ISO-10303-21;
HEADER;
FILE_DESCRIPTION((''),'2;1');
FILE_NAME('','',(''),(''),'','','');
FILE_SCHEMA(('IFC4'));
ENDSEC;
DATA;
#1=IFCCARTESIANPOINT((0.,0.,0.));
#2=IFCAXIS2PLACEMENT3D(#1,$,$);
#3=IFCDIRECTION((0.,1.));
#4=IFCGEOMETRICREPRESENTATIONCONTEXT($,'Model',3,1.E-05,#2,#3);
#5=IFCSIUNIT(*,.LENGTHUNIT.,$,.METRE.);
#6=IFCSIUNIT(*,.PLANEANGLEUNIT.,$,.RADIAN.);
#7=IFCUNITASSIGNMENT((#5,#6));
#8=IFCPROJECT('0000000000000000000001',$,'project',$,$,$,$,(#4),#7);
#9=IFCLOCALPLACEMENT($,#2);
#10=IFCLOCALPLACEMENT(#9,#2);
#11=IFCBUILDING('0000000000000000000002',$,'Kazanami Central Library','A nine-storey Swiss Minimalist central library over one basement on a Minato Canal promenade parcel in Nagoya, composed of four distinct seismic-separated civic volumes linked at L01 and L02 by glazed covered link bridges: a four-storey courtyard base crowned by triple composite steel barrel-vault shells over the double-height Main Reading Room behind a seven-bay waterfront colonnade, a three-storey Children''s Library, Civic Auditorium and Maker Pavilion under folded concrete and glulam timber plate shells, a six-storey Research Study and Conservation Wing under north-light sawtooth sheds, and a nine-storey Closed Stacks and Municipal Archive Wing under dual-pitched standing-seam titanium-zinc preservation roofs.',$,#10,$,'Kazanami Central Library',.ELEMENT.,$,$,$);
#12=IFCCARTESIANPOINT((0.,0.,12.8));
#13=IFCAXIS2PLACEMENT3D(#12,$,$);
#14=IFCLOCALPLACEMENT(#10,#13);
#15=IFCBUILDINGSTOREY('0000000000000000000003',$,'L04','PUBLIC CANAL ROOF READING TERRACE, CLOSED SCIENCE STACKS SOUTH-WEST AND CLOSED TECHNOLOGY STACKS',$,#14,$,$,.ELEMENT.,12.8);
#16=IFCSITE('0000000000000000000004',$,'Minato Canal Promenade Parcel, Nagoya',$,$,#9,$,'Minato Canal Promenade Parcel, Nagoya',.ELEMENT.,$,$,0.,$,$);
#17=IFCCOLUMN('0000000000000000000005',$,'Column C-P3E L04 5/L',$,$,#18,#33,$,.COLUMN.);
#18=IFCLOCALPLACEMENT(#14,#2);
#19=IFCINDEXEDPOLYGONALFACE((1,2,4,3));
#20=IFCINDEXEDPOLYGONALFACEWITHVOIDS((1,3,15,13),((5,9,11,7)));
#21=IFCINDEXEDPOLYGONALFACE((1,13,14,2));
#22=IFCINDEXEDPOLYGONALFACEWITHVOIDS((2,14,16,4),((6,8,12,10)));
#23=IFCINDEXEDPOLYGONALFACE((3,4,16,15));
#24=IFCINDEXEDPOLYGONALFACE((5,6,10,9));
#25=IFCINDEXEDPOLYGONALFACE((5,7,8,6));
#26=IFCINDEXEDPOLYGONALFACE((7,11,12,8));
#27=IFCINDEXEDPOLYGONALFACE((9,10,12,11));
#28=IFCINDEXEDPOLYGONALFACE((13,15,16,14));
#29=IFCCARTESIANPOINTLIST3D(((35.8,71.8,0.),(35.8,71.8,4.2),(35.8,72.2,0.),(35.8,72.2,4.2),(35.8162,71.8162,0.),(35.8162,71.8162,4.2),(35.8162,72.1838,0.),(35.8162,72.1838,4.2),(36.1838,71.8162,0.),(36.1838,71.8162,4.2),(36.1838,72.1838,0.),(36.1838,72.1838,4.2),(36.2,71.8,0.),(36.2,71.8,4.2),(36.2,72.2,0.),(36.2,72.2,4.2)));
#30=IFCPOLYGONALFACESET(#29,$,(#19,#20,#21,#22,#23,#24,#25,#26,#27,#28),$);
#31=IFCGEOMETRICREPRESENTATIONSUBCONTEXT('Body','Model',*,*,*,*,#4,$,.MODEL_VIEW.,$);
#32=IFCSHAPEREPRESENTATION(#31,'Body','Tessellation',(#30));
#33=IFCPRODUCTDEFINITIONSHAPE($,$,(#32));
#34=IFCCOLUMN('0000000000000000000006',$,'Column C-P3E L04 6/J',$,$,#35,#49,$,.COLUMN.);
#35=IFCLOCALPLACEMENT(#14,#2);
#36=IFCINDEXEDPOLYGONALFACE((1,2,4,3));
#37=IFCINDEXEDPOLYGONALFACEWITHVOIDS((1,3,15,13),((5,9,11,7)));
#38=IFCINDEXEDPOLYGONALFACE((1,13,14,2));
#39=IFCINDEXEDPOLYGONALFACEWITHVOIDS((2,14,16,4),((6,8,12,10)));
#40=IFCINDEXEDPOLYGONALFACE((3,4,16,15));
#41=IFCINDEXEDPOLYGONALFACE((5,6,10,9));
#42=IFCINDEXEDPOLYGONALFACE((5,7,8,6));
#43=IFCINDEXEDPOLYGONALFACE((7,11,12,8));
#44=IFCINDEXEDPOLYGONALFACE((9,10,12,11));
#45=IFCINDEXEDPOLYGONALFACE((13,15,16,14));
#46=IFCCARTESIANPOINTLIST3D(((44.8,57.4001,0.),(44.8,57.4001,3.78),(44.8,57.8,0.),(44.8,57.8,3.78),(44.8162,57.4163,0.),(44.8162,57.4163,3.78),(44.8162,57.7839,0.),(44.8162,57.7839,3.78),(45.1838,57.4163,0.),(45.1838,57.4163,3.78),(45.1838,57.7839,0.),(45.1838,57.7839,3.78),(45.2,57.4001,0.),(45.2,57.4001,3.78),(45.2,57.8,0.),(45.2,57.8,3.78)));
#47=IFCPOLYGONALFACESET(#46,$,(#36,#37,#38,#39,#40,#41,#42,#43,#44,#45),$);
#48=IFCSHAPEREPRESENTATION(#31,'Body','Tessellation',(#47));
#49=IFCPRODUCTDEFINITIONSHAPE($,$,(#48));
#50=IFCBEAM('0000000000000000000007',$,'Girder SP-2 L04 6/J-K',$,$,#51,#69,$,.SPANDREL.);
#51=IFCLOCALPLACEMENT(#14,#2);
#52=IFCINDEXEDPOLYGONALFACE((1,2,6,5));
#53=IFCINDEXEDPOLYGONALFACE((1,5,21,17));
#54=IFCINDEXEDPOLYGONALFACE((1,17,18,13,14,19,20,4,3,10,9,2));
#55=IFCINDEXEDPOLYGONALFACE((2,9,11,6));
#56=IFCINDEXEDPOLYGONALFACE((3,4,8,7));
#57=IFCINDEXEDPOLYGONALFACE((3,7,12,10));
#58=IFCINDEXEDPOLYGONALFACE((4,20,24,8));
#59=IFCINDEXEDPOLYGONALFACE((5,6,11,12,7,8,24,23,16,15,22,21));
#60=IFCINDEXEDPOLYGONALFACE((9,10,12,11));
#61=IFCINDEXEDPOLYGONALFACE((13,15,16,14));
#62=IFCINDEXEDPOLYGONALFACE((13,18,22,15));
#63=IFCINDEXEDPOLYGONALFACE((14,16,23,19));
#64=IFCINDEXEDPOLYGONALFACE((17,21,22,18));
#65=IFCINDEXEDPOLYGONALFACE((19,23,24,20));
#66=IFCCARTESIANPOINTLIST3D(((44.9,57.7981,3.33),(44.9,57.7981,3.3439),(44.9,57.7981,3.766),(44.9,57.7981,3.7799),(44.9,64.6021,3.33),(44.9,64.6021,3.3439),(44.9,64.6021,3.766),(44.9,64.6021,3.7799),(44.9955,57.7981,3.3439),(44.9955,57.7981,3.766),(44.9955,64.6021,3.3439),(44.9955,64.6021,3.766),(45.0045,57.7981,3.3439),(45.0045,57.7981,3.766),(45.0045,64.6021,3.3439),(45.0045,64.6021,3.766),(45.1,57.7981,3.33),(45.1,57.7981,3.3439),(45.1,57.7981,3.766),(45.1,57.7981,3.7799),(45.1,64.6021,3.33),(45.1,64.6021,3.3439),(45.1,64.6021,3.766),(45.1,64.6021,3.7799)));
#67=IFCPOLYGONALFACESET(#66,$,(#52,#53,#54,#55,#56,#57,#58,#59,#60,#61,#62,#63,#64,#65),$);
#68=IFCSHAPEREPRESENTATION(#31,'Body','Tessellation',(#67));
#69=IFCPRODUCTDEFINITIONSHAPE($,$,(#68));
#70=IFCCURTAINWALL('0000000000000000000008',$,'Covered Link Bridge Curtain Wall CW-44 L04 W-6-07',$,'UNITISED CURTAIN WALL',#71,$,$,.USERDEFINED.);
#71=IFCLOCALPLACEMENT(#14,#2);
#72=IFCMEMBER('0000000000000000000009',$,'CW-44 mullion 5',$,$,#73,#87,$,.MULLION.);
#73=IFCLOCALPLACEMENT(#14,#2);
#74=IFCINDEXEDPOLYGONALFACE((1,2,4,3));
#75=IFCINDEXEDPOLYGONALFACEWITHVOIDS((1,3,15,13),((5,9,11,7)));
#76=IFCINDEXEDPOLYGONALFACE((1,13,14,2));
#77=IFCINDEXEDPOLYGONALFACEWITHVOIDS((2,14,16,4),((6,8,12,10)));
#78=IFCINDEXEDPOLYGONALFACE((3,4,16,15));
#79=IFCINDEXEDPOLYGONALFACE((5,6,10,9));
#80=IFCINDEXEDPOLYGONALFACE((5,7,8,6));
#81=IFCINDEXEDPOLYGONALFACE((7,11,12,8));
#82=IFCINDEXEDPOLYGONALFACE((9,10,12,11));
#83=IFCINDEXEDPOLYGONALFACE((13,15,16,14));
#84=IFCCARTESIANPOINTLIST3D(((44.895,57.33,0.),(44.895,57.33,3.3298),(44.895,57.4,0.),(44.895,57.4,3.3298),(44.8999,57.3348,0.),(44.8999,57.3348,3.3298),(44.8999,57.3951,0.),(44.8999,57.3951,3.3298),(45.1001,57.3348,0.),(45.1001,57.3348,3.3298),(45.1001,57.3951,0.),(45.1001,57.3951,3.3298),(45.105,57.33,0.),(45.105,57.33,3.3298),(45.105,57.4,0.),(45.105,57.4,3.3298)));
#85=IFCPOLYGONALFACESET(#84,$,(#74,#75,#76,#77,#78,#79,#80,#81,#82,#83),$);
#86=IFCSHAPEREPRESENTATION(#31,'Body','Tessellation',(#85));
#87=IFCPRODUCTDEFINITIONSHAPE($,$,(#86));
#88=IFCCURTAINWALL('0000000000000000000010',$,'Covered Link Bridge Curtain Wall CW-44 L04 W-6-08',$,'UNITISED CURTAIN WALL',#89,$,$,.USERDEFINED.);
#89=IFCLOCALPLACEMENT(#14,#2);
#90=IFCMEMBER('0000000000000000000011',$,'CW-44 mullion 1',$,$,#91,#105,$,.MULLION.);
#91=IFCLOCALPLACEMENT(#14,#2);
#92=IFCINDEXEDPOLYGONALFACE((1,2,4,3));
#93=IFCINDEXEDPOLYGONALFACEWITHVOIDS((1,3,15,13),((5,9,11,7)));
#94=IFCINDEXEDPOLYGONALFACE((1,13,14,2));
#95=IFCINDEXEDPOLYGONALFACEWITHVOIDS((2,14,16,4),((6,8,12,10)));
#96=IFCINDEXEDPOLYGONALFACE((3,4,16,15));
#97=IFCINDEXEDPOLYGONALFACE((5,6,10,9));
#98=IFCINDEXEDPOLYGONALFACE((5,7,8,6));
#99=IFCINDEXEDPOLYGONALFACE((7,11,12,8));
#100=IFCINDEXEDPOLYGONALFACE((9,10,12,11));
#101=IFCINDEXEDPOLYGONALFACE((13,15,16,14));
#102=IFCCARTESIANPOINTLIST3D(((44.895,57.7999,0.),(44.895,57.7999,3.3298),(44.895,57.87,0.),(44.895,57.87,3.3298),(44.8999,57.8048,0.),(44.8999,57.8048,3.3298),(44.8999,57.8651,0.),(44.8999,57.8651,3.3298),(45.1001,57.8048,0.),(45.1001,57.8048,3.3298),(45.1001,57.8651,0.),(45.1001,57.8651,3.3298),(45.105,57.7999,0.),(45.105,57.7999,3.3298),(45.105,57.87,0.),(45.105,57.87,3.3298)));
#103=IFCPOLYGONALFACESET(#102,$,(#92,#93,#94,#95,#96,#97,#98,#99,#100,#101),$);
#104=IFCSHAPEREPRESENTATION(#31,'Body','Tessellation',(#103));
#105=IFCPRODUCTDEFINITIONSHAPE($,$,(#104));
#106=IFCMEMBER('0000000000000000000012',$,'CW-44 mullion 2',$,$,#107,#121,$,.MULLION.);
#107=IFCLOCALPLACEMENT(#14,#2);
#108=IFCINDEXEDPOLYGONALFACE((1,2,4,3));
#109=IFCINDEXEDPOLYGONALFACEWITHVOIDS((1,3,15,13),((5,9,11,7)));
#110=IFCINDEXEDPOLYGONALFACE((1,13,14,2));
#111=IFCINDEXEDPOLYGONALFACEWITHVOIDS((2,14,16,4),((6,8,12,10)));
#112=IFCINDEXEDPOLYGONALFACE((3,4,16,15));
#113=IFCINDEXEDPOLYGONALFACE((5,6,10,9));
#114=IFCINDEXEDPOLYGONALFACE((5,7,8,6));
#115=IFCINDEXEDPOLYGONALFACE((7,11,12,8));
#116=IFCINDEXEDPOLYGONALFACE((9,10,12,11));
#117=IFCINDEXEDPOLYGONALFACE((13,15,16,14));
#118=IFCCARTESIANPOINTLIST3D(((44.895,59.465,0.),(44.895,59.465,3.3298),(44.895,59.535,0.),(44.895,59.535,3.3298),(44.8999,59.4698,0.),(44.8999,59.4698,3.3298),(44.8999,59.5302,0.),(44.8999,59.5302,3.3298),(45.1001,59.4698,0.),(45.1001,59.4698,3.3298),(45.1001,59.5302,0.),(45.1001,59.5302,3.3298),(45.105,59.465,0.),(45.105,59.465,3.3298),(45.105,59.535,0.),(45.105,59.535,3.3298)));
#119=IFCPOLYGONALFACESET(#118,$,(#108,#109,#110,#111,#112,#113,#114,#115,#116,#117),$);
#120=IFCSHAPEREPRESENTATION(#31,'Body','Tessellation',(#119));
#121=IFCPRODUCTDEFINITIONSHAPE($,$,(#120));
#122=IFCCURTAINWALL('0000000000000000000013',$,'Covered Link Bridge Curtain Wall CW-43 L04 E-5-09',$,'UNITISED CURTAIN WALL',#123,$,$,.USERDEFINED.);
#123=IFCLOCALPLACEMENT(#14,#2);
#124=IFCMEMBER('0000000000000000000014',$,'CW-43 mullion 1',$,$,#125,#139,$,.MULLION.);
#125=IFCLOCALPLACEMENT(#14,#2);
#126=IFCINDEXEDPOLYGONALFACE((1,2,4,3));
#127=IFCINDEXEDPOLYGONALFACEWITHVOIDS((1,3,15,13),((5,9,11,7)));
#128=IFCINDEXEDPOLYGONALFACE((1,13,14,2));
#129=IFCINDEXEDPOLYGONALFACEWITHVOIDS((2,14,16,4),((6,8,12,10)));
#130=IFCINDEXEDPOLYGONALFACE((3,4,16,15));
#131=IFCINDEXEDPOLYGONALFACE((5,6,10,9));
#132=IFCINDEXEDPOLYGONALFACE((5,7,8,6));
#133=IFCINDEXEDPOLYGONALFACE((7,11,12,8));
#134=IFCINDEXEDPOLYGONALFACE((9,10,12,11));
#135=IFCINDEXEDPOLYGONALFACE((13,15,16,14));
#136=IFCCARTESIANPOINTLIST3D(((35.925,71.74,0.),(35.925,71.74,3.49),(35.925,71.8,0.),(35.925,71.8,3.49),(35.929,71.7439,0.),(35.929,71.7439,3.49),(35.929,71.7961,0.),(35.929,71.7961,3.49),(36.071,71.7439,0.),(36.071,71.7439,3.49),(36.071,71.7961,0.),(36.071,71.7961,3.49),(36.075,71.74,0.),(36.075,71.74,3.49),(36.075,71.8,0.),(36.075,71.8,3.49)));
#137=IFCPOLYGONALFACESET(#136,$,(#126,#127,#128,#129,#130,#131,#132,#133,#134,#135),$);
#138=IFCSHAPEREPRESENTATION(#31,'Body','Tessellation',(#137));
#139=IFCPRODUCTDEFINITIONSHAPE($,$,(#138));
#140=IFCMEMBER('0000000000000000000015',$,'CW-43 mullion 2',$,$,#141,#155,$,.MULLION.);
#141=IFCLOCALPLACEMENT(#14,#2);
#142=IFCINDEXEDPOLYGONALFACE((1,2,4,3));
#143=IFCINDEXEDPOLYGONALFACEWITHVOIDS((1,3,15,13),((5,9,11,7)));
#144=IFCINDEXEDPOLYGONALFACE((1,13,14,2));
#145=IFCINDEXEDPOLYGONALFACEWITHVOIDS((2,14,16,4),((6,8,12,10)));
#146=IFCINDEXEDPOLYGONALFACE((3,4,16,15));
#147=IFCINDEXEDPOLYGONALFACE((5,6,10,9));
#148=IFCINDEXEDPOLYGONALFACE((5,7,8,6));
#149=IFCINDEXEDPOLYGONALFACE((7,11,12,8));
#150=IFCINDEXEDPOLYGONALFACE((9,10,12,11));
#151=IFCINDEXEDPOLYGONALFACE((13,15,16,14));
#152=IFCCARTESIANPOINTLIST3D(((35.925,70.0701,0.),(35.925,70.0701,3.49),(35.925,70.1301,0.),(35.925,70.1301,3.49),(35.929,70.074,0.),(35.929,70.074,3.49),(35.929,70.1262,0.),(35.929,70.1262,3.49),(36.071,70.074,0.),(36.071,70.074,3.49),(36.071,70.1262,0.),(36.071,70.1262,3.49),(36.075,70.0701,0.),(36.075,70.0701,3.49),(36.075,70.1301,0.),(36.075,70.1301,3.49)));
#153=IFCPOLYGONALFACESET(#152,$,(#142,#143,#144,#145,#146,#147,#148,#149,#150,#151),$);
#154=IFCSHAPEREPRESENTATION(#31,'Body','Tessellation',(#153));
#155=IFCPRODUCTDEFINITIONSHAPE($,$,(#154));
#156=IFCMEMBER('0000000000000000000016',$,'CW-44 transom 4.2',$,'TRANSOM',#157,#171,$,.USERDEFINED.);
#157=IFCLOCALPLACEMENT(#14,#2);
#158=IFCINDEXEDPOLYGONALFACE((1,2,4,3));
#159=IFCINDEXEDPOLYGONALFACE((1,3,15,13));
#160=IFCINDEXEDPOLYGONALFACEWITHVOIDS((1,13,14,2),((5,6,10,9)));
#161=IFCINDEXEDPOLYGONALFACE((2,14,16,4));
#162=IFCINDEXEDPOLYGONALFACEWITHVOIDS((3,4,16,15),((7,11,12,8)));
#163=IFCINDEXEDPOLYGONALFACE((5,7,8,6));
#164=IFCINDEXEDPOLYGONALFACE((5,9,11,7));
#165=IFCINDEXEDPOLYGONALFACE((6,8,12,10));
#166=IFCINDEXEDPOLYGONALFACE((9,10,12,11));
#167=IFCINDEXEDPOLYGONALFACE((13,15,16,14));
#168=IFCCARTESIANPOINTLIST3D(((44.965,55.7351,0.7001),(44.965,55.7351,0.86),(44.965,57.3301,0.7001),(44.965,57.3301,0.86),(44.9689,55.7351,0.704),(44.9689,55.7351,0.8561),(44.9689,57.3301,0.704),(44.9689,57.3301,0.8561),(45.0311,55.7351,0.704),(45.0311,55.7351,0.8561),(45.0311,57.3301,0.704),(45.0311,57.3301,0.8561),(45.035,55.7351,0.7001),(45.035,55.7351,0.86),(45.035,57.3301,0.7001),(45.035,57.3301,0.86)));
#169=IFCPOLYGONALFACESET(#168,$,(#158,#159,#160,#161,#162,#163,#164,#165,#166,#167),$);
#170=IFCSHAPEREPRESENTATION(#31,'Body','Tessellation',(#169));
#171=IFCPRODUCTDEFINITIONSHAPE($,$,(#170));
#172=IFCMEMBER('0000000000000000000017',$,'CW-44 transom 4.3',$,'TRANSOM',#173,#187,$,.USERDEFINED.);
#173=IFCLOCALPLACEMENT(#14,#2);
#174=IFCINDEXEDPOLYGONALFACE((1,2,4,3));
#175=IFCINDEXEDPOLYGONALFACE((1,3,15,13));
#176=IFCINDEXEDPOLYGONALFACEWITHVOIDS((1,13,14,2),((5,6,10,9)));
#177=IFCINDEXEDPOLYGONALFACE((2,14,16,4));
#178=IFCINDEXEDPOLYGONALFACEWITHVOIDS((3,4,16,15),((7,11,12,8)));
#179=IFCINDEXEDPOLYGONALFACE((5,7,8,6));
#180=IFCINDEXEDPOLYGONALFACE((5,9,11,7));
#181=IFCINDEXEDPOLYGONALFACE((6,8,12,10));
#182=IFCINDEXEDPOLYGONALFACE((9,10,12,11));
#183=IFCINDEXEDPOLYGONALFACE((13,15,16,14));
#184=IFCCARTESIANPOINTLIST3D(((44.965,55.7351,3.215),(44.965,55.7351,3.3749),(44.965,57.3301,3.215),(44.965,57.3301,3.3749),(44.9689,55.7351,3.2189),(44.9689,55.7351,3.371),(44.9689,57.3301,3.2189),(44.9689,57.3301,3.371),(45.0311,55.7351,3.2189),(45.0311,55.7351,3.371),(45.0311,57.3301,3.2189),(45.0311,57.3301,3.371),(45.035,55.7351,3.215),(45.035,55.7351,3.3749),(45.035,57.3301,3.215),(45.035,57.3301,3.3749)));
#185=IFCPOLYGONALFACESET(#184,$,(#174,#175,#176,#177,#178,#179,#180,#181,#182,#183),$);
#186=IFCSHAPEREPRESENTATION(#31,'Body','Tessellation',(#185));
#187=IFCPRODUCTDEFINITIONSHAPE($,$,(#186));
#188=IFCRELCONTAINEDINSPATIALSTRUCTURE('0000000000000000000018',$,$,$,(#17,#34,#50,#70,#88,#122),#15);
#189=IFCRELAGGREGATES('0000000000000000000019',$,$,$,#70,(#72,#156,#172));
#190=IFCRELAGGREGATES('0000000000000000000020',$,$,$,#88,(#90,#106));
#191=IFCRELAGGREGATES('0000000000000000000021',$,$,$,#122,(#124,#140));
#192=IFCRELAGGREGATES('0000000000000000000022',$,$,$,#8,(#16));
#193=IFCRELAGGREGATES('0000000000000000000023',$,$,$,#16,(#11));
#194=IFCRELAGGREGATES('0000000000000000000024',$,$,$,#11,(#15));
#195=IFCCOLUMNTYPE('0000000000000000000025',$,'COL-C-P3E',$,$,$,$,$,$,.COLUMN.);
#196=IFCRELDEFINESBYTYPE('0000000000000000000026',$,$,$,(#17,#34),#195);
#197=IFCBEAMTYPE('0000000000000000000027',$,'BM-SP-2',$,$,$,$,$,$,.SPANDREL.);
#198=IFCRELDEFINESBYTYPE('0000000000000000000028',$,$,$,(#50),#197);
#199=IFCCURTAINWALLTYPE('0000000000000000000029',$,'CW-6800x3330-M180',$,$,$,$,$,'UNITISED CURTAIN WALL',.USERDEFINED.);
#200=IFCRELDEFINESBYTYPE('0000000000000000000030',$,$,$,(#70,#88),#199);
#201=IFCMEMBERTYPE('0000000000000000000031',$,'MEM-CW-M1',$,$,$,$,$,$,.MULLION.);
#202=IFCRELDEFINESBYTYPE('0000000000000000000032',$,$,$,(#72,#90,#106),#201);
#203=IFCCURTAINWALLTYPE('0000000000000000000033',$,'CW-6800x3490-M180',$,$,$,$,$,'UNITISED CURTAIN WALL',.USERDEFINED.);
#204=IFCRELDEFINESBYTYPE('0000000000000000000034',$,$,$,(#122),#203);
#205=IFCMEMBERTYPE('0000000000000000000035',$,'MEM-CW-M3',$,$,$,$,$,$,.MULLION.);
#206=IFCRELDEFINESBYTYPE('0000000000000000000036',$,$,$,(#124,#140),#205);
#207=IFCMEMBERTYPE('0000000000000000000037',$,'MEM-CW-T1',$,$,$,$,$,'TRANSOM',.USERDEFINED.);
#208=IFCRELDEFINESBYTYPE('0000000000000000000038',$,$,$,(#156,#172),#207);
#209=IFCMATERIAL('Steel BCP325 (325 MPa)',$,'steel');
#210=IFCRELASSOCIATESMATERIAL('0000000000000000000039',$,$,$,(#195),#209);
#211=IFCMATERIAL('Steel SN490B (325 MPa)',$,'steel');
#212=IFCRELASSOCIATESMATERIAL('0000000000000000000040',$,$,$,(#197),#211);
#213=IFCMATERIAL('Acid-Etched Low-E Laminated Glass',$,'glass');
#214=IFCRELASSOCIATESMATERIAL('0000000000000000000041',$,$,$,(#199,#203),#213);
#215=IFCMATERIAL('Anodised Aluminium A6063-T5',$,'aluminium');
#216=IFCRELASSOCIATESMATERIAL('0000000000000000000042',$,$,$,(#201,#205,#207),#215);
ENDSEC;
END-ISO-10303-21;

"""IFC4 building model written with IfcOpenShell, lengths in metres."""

from ifc_helpers import new_model, si_unit, direction, frame, origin, origin_2d, place, context, subcontext, project, spatial, hollow_rectangle, i_section, extrude, material, material_profile, profile_set, type_object, element, aggregate, save


model = new_model("IFC4")

# Units and contexts
model_context = context("Model", 3, precision=1e-05, world=origin(), true_north=direction((0.0, 1.0)))
body_context = subcontext(model_context, "Body", "Model", "MODEL_VIEW")
ifc_project = project(units=[si_unit("LENGTHUNIT", "METRE"), si_unit("PLANEANGLEUNIT", "RADIAN")], contexts=[model_context])

# Site, building, storey
site_placement = place(None, origin())
site = spatial("IfcSite", under=ifc_project, at=site_placement, Name="Minato Canal Promenade Parcel, Nagoya", LongName="Minato Canal Promenade Parcel, Nagoya", CompositionType="ELEMENT", RefElevation=0.0)
building_placement = place(site_placement, origin())
building = spatial("IfcBuilding", under=site, at=building_placement, Name="Kazanami Central Library", Description="A nine-storey Swiss Minimalist central library over one basement on a Minato Canal promenade parcel in Nagoya, composed of four distinct seismic-separated civic volumes linked at L01 and L02 by glazed covered link bridges: a four-storey courtyard base crowned by triple composite steel barrel-vault shells over the double-height Main Reading Room behind a seven-bay waterfront colonnade, a three-storey Children's Library, Civic Auditorium and Maker Pavilion under folded concrete and glulam timber plate shells, a six-storey Research Study and Conservation Wing under north-light sawtooth sheds, and a nine-storey Closed Stacks and Municipal Archive Wing under dual-pitched standing-seam titanium-zinc preservation roofs.", LongName="Kazanami Central Library", CompositionType="ELEMENT")
storey_placement = place(building_placement, frame((0.0, 0.0, 12.8)))
storey = spatial("IfcBuildingStorey", under=building, at=storey_placement, Name="L04", Description="PUBLIC CANAL ROOF READING TERRACE, CLOSED SCIENCE STACKS SOUTH-WEST AND CLOSED TECHNOLOGY STACKS", CompositionType="ELEMENT", Elevation=12.8)

# Columns
ifc_material_1 = material(Name="Steel BCP325 (325 MPa)", Category="steel")
ifc_material_profile_1 = material_profile(ifc_material_1, hollow_rectangle(XDim=0.3999, YDim=0.3999, WallThickness=0.0161, at=origin_2d()), Name="BCP-400x400x16")
ifc_profile_set_1 = profile_set([ifc_material_profile_1], Name="Steel BCP325 (325 MPa)")
column_type = type_object("IfcColumnType", Name="COL-C-P3E", PredefinedType="COLUMN", material=ifc_profile_set_1)
column_1_placement = place(storey_placement, frame((36.0, 72.0, 0.0), z_axis=(0.0, 0.0, 1.0), x_axis=(1.0, 0.0, 0.0)))
element("IfcColumn", 1, at=column_1_placement, inside=storey, type_object=column_type, Name="Column C-P3E L04 5/L", PredefinedType="COLUMN", context=body_context, shape_type="SweptSolid", body=[
    extrude(hollow_rectangle(XDim=0.3999, YDim=0.3999, WallThickness=0.0161, at=origin_2d()), origin(), (0.0, 0.0, 1.0), 4.2),
])
column_2_placement = place(storey_placement, frame((45.0, 57.6001, 0.0), z_axis=(0.0, 0.0, 1.0), x_axis=(1.0, 0.0, 0.0)))
element("IfcColumn", 2, at=column_2_placement, inside=storey, type_object=column_type, Name="Column C-P3E L04 6/J", PredefinedType="COLUMN", context=body_context, shape_type="SweptSolid", body=[
    extrude(hollow_rectangle(XDim=0.3999, YDim=0.3999, WallThickness=0.0161, at=origin_2d()), origin(), (0.0, 0.0, 1.0), 3.78),
])

# Beam
ifc_material_2 = material(Name="Steel SN490B (325 MPa)", Category="steel")
ifc_material_profile_2 = material_profile(ifc_material_2, i_section(OverallWidth=0.2, OverallDepth=0.45, WebThickness=0.009, FlangeThickness=0.0139, at=origin_2d()), Name="H-450x200x9x14")
ifc_profile_set_2 = profile_set([ifc_material_profile_2], Name="Steel SN490B (325 MPa)")
beam_type = type_object("IfcBeamType", Name="BM-SP-2", PredefinedType="SPANDREL", material=ifc_profile_set_2)
beam_placement = place(storey_placement, frame((45.0, 57.7981, 3.5549), z_axis=(0.0, 1.0, 0.0), x_axis=(-1.0, 0.0, 0.0)))
element("IfcBeam", 3, at=beam_placement, inside=storey, type_object=beam_type, Name="Girder SP-2 L04 6/J-K", PredefinedType="SPANDREL", context=body_context, shape_type="SweptSolid", body=[
    extrude(i_section(OverallWidth=0.2, OverallDepth=0.45, WebThickness=0.009, FlangeThickness=0.0139, at=origin_2d()), origin(), (0.0, 0.0, 1.0), 6.804),
])

# Curtain wall, member
ifc_material_3 = material(Name="Acid-Etched Low-E Laminated Glass", Category="glass")
curtain_wall_type_1 = type_object("IfcCurtainWallType", Name="CW-6800x3330-M180", ElementType="UNITISED CURTAIN WALL", PredefinedType="USERDEFINED", material=ifc_material_3)
curtain_wall_1_placement = place(storey_placement, origin())
curtain_wall_1 = element("IfcCurtainWall", 4, at=curtain_wall_1_placement, inside=storey, type_object=curtain_wall_type_1, Name="Covered Link Bridge Curtain Wall CW-44 L04 W-6-07", ObjectType="UNITISED CURTAIN WALL", PredefinedType="USERDEFINED")
ifc_material_4 = material(Name="Anodised Aluminium A6063-T5", Category="aluminium")
ifc_material_profile_3 = material_profile(ifc_material_4, hollow_rectangle(XDim=0.0701, YDim=0.21, WallThickness=0.0049, at=origin_2d()), Name="ALU-MULL-70x210x5")
ifc_profile_set_3 = profile_set([ifc_material_profile_3], Name="Anodised Aluminium A6063-T5")
member_type_1 = type_object("IfcMemberType", Name="MEM-CW-M1", PredefinedType="MULLION", material=ifc_profile_set_3)
member_1_placement = place(storey_placement, frame((45.0, 57.365, 0.0), z_axis=(0.0, 0.0, 1.0), x_axis=(0.0, 1.0, 0.0)))
member_1 = element("IfcMember", 5, at=member_1_placement, type_object=member_type_1, Name="CW-44 mullion 5", PredefinedType="MULLION", context=body_context, shape_type="SweptSolid", body=[
    extrude(hollow_rectangle(XDim=0.0701, YDim=0.21, WallThickness=0.0049, at=origin_2d()), origin(), (0.0, 0.0, 1.0), 3.3298),
])

# Curtain walls, members
curtain_wall_2_placement = place(storey_placement, origin())
curtain_wall_2 = element("IfcCurtainWall", 6, at=curtain_wall_2_placement, inside=storey, type_object=curtain_wall_type_1, Name="Covered Link Bridge Curtain Wall CW-44 L04 W-6-08", ObjectType="UNITISED CURTAIN WALL", PredefinedType="USERDEFINED")
member_2_placement = place(storey_placement, frame((45.0, 57.835, 0.0), z_axis=(0.0, 0.0, 1.0), x_axis=(0.0, 1.0, 0.0)))
member_2 = element("IfcMember", 7, at=member_2_placement, type_object=member_type_1, Name="CW-44 mullion 1", PredefinedType="MULLION", context=body_context, shape_type="SweptSolid", body=[
    extrude(hollow_rectangle(XDim=0.0701, YDim=0.21, WallThickness=0.0049, at=origin_2d()), origin(), (0.0, 0.0, 1.0), 3.3298),
])
member_3_placement = place(storey_placement, frame((45.0, 59.5, 0.0), z_axis=(0.0, 0.0, 1.0), x_axis=(0.0, 1.0, 0.0)))
member_3 = element("IfcMember", 8, at=member_3_placement, type_object=member_type_1, Name="CW-44 mullion 2", PredefinedType="MULLION", context=body_context, shape_type="SweptSolid", body=[
    extrude(hollow_rectangle(XDim=0.0701, YDim=0.21, WallThickness=0.0049, at=origin_2d()), origin(), (0.0, 0.0, 1.0), 3.3298),
])
curtain_wall_type_2 = type_object("IfcCurtainWallType", Name="CW-6800x3490-M180", ElementType="UNITISED CURTAIN WALL", PredefinedType="USERDEFINED", material=ifc_material_3)
curtain_wall_3_placement = place(storey_placement, origin())
curtain_wall_3 = element("IfcCurtainWall", 9, at=curtain_wall_3_placement, inside=storey, type_object=curtain_wall_type_2, Name="Covered Link Bridge Curtain Wall CW-43 L04 E-5-09", ObjectType="UNITISED CURTAIN WALL", PredefinedType="USERDEFINED")
ifc_material_profile_4 = material_profile(ifc_material_4, hollow_rectangle(XDim=0.0601, YDim=0.1499, WallThickness=0.0039, at=origin_2d()), Name="ALU-MULL-60x150x4")
ifc_profile_set_4 = profile_set([ifc_material_profile_4], Name="Anodised Aluminium A6063-T5")
member_type_2 = type_object("IfcMemberType", Name="MEM-CW-M3", PredefinedType="MULLION", material=ifc_profile_set_4)
member_4_placement = place(storey_placement, frame((36.0, 71.77, 0.0), z_axis=(0.0, 0.0, 1.0), x_axis=(0.0, -1.0, 0.0)))
member_4 = element("IfcMember", 10, at=member_4_placement, type_object=member_type_2, Name="CW-43 mullion 1", PredefinedType="MULLION", context=body_context, shape_type="SweptSolid", body=[
    extrude(hollow_rectangle(XDim=0.0601, YDim=0.1499, WallThickness=0.0039, at=origin_2d()), origin(), (0.0, 0.0, 1.0), 3.49),
])
member_5_placement = place(storey_placement, frame((36.0, 70.1001, 0.0), z_axis=(0.0, 0.0, 1.0), x_axis=(0.0, -1.0, 0.0)))
member_5 = element("IfcMember", 11, at=member_5_placement, type_object=member_type_2, Name="CW-43 mullion 2", PredefinedType="MULLION", context=body_context, shape_type="SweptSolid", body=[
    extrude(hollow_rectangle(XDim=0.0601, YDim=0.1499, WallThickness=0.0039, at=origin_2d()), origin(), (0.0, 0.0, 1.0), 3.49),
])

# Members
ifc_material_profile_5 = material_profile(ifc_material_4, hollow_rectangle(XDim=0.0701, YDim=0.1599, WallThickness=0.0039, at=origin_2d()), Name="ALU-TRAN-70x160x4")
ifc_profile_set_5 = profile_set([ifc_material_profile_5], Name="Anodised Aluminium A6063-T5")
member_type_3 = type_object("IfcMemberType", Name="MEM-CW-T1", ElementType="TRANSOM", PredefinedType="USERDEFINED", material=ifc_profile_set_5)
member_6_placement = place(storey_placement, frame((45.0, 55.7351, 0.78), z_axis=(0.0, 1.0, 0.0), x_axis=(-1.0, 0.0, 0.0)))
member_6 = element("IfcMember", 12, at=member_6_placement, type_object=member_type_3, Name="CW-44 transom 4.2", ObjectType="TRANSOM", PredefinedType="USERDEFINED", context=body_context, shape_type="SweptSolid", body=[
    extrude(hollow_rectangle(XDim=0.0701, YDim=0.1599, WallThickness=0.0039, at=origin_2d()), origin(), (0.0, 0.0, 1.0), 1.595),
])
member_7_placement = place(storey_placement, frame((45.0, 55.7351, 3.2949), z_axis=(0.0, 1.0, 0.0), x_axis=(-1.0, 0.0, 0.0)))
member_7 = element("IfcMember", 13, at=member_7_placement, type_object=member_type_3, Name="CW-44 transom 4.3", ObjectType="TRANSOM", PredefinedType="USERDEFINED", context=body_context, shape_type="SweptSolid", body=[
    extrude(hollow_rectangle(XDim=0.0701, YDim=0.1599, WallThickness=0.0039, at=origin_2d()), origin(), (0.0, 0.0, 1.0), 1.595),
])

aggregate(curtain_wall_1, [member_1, member_6, member_7])
aggregate(curtain_wall_2, [member_2, member_3])
aggregate(curtain_wall_3, [member_4, member_5])

save(model, "model.ifc")
